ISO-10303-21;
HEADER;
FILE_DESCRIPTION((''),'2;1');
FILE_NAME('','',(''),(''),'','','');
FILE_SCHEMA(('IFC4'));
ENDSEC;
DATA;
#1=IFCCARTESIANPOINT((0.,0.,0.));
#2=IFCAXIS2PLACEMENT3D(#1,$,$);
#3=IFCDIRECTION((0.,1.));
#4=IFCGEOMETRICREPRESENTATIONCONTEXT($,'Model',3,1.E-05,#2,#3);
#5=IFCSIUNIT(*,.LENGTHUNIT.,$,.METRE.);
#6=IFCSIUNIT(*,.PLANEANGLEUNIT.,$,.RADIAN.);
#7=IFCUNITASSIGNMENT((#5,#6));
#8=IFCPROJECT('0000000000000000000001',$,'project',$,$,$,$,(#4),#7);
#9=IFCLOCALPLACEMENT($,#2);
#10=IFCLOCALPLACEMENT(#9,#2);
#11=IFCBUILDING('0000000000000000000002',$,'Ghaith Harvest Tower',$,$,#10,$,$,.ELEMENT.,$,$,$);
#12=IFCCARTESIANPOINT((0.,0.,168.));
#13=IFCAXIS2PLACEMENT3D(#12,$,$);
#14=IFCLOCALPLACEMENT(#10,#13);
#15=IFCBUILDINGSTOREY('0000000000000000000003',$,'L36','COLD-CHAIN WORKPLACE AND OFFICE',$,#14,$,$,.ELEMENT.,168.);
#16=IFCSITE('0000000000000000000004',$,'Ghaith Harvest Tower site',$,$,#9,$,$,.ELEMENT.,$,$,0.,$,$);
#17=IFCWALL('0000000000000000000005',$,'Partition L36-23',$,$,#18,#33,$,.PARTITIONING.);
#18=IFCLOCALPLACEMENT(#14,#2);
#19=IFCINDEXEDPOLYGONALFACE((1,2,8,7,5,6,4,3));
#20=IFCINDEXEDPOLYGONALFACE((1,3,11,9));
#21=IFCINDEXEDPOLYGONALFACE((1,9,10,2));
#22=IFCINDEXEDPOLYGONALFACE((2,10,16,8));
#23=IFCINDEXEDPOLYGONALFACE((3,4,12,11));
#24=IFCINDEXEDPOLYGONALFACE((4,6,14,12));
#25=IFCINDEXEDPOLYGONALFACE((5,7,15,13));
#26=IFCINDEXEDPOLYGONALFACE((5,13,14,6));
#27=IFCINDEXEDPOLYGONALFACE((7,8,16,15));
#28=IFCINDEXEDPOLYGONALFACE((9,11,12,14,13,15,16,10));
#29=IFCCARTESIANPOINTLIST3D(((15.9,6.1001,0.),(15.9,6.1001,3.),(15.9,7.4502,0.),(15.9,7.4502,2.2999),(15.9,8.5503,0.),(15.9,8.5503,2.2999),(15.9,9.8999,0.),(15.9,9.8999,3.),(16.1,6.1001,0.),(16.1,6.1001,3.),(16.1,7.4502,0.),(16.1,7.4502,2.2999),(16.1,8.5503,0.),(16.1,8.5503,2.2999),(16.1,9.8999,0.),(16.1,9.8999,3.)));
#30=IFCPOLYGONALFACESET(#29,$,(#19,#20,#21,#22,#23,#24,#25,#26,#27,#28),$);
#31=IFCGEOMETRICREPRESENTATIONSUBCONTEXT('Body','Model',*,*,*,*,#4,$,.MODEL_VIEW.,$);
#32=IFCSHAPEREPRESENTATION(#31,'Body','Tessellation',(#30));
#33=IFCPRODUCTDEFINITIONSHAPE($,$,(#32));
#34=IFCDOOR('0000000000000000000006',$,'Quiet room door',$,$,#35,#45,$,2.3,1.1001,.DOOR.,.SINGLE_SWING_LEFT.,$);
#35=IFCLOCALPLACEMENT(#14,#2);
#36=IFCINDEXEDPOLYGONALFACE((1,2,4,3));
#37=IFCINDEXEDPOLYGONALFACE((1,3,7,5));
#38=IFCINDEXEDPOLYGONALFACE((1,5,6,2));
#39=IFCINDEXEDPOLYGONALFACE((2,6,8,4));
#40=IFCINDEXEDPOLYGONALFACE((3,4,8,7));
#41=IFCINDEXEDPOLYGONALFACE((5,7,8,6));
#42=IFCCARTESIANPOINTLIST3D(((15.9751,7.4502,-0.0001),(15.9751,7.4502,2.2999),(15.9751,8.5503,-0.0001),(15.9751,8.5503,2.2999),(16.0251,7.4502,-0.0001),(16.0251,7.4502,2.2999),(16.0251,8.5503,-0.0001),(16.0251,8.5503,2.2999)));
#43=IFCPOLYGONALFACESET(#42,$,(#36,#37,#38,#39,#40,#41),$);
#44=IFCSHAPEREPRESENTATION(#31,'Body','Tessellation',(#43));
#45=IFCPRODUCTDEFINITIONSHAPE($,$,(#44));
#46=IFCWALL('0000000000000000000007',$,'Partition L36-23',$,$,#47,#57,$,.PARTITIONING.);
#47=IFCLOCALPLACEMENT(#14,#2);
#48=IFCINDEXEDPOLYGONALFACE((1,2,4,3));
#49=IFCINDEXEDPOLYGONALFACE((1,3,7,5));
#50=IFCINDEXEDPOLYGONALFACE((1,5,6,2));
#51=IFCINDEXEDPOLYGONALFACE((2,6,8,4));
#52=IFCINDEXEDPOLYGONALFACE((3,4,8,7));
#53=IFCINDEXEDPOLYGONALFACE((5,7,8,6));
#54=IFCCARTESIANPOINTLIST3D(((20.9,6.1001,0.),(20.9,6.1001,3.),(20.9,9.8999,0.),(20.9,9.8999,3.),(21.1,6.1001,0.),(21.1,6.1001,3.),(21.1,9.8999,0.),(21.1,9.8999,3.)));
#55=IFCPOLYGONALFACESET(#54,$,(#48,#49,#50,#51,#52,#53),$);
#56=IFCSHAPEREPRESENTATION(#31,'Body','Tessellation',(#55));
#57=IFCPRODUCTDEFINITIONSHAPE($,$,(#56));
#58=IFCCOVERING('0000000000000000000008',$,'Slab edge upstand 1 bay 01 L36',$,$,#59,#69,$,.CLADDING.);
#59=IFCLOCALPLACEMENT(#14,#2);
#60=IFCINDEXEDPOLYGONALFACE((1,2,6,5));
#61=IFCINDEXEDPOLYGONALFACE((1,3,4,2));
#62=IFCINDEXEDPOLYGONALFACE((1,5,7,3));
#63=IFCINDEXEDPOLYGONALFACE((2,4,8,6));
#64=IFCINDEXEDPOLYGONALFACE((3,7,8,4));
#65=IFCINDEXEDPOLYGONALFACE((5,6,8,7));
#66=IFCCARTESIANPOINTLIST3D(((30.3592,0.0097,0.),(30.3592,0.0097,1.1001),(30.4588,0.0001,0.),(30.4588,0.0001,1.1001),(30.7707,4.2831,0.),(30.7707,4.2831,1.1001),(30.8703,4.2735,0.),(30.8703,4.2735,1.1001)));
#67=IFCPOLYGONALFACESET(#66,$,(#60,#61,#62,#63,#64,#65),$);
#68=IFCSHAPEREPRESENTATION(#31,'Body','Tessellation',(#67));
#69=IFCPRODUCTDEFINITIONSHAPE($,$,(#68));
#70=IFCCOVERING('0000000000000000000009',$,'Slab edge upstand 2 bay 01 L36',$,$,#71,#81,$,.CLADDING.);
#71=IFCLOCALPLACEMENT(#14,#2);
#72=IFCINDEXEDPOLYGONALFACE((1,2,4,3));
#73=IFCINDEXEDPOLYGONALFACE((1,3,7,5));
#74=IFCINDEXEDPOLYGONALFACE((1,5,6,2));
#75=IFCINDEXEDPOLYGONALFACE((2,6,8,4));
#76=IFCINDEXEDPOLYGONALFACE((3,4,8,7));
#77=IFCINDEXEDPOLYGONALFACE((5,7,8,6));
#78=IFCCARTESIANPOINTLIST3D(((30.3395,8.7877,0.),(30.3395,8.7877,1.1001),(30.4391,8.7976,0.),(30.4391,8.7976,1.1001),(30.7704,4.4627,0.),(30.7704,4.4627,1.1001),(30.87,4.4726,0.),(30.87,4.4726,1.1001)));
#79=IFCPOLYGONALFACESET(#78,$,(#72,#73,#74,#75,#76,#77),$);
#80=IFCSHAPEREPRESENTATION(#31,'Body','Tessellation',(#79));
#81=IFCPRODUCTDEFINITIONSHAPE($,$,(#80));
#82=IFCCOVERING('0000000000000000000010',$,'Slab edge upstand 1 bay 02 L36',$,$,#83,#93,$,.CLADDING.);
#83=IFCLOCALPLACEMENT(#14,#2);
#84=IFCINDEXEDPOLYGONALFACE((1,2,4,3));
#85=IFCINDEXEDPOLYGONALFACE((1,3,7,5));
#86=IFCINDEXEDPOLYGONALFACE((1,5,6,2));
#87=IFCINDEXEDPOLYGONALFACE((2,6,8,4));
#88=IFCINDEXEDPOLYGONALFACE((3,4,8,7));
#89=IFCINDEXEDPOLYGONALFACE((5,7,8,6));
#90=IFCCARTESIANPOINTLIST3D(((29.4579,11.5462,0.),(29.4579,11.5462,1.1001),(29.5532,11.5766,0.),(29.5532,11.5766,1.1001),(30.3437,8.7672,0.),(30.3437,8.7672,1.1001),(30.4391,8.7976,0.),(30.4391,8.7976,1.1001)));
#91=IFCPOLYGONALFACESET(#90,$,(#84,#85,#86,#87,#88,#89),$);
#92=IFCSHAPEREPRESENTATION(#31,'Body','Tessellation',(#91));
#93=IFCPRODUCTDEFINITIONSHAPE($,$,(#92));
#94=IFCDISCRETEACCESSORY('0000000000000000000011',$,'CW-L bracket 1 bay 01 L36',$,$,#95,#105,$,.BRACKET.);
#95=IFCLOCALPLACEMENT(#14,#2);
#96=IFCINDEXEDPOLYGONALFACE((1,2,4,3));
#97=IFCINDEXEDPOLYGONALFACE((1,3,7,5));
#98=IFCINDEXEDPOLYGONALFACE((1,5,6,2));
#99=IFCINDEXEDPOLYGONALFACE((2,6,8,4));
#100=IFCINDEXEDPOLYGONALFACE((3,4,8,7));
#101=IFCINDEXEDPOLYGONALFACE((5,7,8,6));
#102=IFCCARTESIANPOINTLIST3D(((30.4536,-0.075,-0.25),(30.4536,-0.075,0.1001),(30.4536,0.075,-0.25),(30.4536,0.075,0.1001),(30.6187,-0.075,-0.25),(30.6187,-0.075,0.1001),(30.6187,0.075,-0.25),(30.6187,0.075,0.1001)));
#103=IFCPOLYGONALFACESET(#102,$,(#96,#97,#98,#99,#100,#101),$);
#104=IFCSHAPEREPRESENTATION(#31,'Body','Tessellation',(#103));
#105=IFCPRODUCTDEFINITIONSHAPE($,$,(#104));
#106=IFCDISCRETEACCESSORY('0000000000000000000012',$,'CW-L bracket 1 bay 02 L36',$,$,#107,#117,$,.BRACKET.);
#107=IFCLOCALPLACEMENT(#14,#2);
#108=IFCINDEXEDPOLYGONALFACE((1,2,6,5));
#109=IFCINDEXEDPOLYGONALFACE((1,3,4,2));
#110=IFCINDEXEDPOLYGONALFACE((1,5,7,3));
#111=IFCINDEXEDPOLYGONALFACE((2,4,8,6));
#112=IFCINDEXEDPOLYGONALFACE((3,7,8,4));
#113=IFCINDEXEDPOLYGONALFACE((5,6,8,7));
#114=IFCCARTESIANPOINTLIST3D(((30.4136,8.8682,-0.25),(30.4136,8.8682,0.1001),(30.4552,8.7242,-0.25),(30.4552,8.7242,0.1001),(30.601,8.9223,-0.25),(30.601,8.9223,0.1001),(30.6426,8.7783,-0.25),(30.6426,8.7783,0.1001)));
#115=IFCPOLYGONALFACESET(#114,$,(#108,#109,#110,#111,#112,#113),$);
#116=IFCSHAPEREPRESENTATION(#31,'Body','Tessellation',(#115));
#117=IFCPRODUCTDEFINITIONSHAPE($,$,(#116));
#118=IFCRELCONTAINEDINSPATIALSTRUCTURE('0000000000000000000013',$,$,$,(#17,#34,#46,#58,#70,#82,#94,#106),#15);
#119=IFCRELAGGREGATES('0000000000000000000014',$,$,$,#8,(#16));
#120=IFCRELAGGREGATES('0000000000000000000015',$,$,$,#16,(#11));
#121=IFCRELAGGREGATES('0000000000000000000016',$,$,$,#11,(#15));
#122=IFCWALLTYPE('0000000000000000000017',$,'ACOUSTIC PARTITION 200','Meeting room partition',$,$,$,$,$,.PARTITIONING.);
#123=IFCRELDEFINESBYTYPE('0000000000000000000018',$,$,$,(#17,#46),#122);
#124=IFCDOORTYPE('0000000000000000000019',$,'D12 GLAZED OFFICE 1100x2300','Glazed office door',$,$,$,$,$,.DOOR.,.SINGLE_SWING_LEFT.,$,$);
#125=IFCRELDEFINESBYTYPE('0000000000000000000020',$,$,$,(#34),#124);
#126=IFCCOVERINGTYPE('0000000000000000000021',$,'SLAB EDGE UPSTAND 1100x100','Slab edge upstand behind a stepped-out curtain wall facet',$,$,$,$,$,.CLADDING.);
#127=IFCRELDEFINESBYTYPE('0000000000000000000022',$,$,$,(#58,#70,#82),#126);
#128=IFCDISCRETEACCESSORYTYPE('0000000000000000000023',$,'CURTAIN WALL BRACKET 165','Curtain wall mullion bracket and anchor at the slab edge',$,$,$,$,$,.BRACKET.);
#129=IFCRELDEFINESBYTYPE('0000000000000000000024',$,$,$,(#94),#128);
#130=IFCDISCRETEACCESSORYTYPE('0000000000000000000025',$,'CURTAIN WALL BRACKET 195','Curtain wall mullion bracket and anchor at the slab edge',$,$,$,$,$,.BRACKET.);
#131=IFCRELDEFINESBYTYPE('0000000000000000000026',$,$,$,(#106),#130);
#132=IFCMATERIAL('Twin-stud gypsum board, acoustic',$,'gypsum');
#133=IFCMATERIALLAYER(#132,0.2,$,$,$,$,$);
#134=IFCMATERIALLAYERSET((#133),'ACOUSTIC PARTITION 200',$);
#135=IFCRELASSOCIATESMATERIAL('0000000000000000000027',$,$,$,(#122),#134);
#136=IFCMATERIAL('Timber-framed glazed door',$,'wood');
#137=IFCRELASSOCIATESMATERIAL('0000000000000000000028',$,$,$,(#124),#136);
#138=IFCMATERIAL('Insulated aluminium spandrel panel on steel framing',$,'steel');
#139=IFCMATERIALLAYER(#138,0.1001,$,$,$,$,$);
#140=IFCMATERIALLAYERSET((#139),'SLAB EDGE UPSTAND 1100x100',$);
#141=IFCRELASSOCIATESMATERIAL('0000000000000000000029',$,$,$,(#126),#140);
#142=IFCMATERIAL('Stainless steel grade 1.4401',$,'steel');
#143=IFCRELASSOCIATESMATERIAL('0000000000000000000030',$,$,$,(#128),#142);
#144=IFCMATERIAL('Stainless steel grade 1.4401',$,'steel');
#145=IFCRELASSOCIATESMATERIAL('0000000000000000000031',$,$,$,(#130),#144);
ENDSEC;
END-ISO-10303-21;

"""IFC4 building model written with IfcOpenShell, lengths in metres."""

from ifc_helpers import new_model, si_unit, direction, frame, frame_2d, origin, origin_2d, place, context, subcontext, project, spatial, rectangle, extrude, material, layer, layer_set, type_object, element, fill, save


model = new_model("IFC4")

# Units and contexts
model_context = context("Model", 3, precision=1e-05, world=origin(), true_north=direction((0.0, 1.0)))
body_context = subcontext(model_context, "Body", "Model", "MODEL_VIEW")
ifc_project = project(units=[si_unit("LENGTHUNIT", "METRE"), si_unit("PLANEANGLEUNIT", "RADIAN")], contexts=[model_context])

# Site, building, storey
site_placement = place(None, origin())
site = spatial("IfcSite", under=ifc_project, at=site_placement, Name="Ghaith Harvest Tower site", CompositionType="ELEMENT", RefElevation=0.0)
building_placement = place(site_placement, origin())
building = spatial("IfcBuilding", under=site, at=building_placement, Name="Ghaith Harvest Tower", CompositionType="ELEMENT")
storey_placement = place(building_placement, frame((0.0, 0.0, 168.0)))
storey = spatial("IfcBuildingStorey", under=building, at=storey_placement, Name="L36", Description="COLD-CHAIN WORKPLACE AND OFFICE", CompositionType="ELEMENT", Elevation=168.0)

# Shared definitions
ifc_material_1 = material(Name="Twin-stud gypsum board, acoustic", Category="gypsum")
ifc_layer_1 = layer(ifc_material_1, 0.2)
ifc_layer_set_1 = layer_set([ifc_layer_1], Name="ACOUSTIC PARTITION 200")
wall_type_1 = type_object("IfcWallType", Name="ACOUSTIC PARTITION 200", Description="Meeting room partition", PredefinedType="PARTITIONING", material=ifc_layer_set_1)

# Wall, opening, door
wall_1_placement = place(storey_placement, frame((16.0, 6.1001, 0.0), z_axis=(0.0, 0.0, 1.0), x_axis=(0.0, 1.0, 0.0)))
wall_1 = element("IfcWall", 1, at=wall_1_placement, inside=storey, type_object=wall_type_1, Name="Partition L36-23", PredefinedType="PARTITIONING", context=body_context, shape_type="SweptSolid", body=[
    extrude(rectangle(XDim=3.7998, YDim=0.2, at=frame_2d((1.8999, 0.0))), origin(), (0.0, 0.0, 1.0), 3.0),
])
opening_1_placement = place(wall_1_placement, frame((1.3501, 0.0, 0.0)))
opening_1 = element("IfcOpeningElement", 2, at=opening_1_placement, cuts=wall_1, PredefinedType="OPENING", context=body_context, shape_type="SweptSolid", body=[
    extrude(rectangle(XDim=1.1001, YDim=2.3, at=frame_2d((0.55, 1.1499))), frame((0.0, 0.1099, 0.0), z_axis=(0.0, -1.0, 0.0), x_axis=(1.0, 0.0, 0.0)), (0.0, 0.0, 1.0), 0.22),
])
ifc_material_2 = material(Name="Timber-framed glazed door", Category="wood")
door_type_1 = type_object("IfcDoorType", Name="D12 GLAZED OFFICE 1100x2300", Description="Glazed office door", OperationType="SINGLE_SWING_LEFT", PredefinedType="DOOR", material=ifc_material_2)
door_1_placement = place(opening_1_placement, origin())
door_1 = element("IfcDoor", 3, at=door_1_placement, inside=storey, type_object=door_type_1, Name="Quiet room door", OperationType="SINGLE_SWING_LEFT", OverallHeight=2.3, OverallWidth=1.1001, PredefinedType="DOOR", context=body_context, shape_type="SweptSolid", body=[
    extrude(rectangle(XDim=1.1001, YDim=2.3, at=frame_2d((0.55, 1.1499))), frame((0.0, 0.0249, 0.0), z_axis=(0.0, -1.0, 0.0), x_axis=(1.0, 0.0, 0.0)), (0.0, 0.0, 1.0), 0.05),
])
fill(opening_1, door_1)

# Wall
wall_2_placement = place(storey_placement, frame((21.0, 6.1001, 0.0), z_axis=(0.0, 0.0, 1.0), x_axis=(0.0, 1.0, 0.0)))
element("IfcWall", 4, at=wall_2_placement, inside=storey, type_object=wall_type_1, Name="Partition L36-23", PredefinedType="PARTITIONING", context=body_context, shape_type="SweptSolid", body=[
    extrude(rectangle(XDim=3.7998, YDim=0.2, at=frame_2d((1.8999, 0.0))), origin(), (0.0, 0.0, 1.0), 3.0),
])

# Coverings
ifc_material_3 = material(Name="Insulated aluminium spandrel panel on steel framing", Category="steel")
ifc_layer_2 = layer(ifc_material_3, 0.1001)
ifc_layer_set_2 = layer_set([ifc_layer_2], Name="SLAB EDGE UPSTAND 1100x100")
covering_type = type_object("IfcCoveringType", Name="SLAB EDGE UPSTAND 1100x100", Description="Slab edge upstand behind a stepped-out curtain wall facet", PredefinedType="CLADDING", material=ifc_layer_set_2)
covering_1_placement = place(storey_placement, frame((30.6147, 2.1416, 0.0), z_axis=(0.0, 0.0, 1.0), x_axis=(0.095861, 0.995395, 0.0)))
element("IfcCovering", 5, at=covering_1_placement, inside=storey, type_object=covering_type, Name="Slab edge upstand 1 bay 01 L36", PredefinedType="CLADDING", context=body_context, shape_type="SweptSolid", body=[
    extrude(rectangle(XDim=4.2932, YDim=0.1001, at=origin_2d()), origin(), (0.0, 0.0, 1.0), 1.1001),
])
covering_2_placement = place(storey_placement, frame((30.6047, 6.6301, 0.0), z_axis=(0.0, 0.0, 1.0), x_axis=(-0.099132, 0.995074, 0.0)))
element("IfcCovering", 6, at=covering_2_placement, inside=storey, type_object=covering_type, Name="Slab edge upstand 2 bay 01 L36", PredefinedType="CLADDING", context=body_context, shape_type="SweptSolid", body=[
    extrude(rectangle(XDim=4.3464, YDim=0.1001, at=origin_2d()), origin(), (0.0, 0.0, 1.0), 1.1001),
])
covering_3_placement = place(storey_placement, frame((29.9485, 10.1719, 0.0), z_axis=(0.0, 0.0, 1.0), x_axis=(-0.303717, 0.952762, 0.0)))
element("IfcCovering", 7, at=covering_3_placement, inside=storey, type_object=covering_type, Name="Slab edge upstand 1 bay 02 L36", PredefinedType="CLADDING", context=body_context, shape_type="SweptSolid", body=[
    extrude(rectangle(XDim=2.9167, YDim=0.1001, at=origin_2d()), origin(), (0.0, 0.0, 1.0), 1.1001),
])

# Discrete accessories
ifc_material_4 = material(Name="Stainless steel grade 1.4401", Category="steel")
discrete_accessory_type_1 = type_object("IfcDiscreteAccessoryType", Name="CURTAIN WALL BRACKET 165", Description="Curtain wall mullion bracket and anchor at the slab edge", PredefinedType="BRACKET", material=ifc_material_4)
discrete_accessory_1_placement = place(storey_placement, frame((30.5361, 0.0, -0.25), z_axis=(0.0, 0.0, 1.0), x_axis=(1.0, 0.0, 0.0)))
element("IfcDiscreteAccessory", 8, at=discrete_accessory_1_placement, inside=storey, type_object=discrete_accessory_type_1, Name="CW-L bracket 1 bay 01 L36", PredefinedType="BRACKET", context=body_context, shape_type="SweptSolid", body=[
    extrude(rectangle(XDim=0.165, YDim=0.1499, at=origin_2d()), origin(), (0.0, 0.0, 1.0), 0.3501),
])
ifc_material_5 = material(Name="Stainless steel grade 1.4401", Category="steel")
discrete_accessory_type_2 = type_object("IfcDiscreteAccessoryType", Name="CURTAIN WALL BRACKET 195", Description="Curtain wall mullion bracket and anchor at the slab edge", PredefinedType="BRACKET", material=ifc_material_5)
discrete_accessory_2_placement = place(storey_placement, frame((30.5281, 8.8232, -0.25), z_axis=(0.0, 0.0, 1.0), x_axis=(0.96068, 0.277657, 0.0)))
element("IfcDiscreteAccessory", 9, at=discrete_accessory_2_placement, inside=storey, type_object=discrete_accessory_type_2, Name="CW-L bracket 1 bay 02 L36", PredefinedType="BRACKET", context=body_context, shape_type="SweptSolid", body=[
    extrude(rectangle(XDim=0.1951, YDim=0.1499, at=origin_2d()), origin(), (0.0, 0.0, 1.0), 0.3501),
])

save(model, "model.ifc")
